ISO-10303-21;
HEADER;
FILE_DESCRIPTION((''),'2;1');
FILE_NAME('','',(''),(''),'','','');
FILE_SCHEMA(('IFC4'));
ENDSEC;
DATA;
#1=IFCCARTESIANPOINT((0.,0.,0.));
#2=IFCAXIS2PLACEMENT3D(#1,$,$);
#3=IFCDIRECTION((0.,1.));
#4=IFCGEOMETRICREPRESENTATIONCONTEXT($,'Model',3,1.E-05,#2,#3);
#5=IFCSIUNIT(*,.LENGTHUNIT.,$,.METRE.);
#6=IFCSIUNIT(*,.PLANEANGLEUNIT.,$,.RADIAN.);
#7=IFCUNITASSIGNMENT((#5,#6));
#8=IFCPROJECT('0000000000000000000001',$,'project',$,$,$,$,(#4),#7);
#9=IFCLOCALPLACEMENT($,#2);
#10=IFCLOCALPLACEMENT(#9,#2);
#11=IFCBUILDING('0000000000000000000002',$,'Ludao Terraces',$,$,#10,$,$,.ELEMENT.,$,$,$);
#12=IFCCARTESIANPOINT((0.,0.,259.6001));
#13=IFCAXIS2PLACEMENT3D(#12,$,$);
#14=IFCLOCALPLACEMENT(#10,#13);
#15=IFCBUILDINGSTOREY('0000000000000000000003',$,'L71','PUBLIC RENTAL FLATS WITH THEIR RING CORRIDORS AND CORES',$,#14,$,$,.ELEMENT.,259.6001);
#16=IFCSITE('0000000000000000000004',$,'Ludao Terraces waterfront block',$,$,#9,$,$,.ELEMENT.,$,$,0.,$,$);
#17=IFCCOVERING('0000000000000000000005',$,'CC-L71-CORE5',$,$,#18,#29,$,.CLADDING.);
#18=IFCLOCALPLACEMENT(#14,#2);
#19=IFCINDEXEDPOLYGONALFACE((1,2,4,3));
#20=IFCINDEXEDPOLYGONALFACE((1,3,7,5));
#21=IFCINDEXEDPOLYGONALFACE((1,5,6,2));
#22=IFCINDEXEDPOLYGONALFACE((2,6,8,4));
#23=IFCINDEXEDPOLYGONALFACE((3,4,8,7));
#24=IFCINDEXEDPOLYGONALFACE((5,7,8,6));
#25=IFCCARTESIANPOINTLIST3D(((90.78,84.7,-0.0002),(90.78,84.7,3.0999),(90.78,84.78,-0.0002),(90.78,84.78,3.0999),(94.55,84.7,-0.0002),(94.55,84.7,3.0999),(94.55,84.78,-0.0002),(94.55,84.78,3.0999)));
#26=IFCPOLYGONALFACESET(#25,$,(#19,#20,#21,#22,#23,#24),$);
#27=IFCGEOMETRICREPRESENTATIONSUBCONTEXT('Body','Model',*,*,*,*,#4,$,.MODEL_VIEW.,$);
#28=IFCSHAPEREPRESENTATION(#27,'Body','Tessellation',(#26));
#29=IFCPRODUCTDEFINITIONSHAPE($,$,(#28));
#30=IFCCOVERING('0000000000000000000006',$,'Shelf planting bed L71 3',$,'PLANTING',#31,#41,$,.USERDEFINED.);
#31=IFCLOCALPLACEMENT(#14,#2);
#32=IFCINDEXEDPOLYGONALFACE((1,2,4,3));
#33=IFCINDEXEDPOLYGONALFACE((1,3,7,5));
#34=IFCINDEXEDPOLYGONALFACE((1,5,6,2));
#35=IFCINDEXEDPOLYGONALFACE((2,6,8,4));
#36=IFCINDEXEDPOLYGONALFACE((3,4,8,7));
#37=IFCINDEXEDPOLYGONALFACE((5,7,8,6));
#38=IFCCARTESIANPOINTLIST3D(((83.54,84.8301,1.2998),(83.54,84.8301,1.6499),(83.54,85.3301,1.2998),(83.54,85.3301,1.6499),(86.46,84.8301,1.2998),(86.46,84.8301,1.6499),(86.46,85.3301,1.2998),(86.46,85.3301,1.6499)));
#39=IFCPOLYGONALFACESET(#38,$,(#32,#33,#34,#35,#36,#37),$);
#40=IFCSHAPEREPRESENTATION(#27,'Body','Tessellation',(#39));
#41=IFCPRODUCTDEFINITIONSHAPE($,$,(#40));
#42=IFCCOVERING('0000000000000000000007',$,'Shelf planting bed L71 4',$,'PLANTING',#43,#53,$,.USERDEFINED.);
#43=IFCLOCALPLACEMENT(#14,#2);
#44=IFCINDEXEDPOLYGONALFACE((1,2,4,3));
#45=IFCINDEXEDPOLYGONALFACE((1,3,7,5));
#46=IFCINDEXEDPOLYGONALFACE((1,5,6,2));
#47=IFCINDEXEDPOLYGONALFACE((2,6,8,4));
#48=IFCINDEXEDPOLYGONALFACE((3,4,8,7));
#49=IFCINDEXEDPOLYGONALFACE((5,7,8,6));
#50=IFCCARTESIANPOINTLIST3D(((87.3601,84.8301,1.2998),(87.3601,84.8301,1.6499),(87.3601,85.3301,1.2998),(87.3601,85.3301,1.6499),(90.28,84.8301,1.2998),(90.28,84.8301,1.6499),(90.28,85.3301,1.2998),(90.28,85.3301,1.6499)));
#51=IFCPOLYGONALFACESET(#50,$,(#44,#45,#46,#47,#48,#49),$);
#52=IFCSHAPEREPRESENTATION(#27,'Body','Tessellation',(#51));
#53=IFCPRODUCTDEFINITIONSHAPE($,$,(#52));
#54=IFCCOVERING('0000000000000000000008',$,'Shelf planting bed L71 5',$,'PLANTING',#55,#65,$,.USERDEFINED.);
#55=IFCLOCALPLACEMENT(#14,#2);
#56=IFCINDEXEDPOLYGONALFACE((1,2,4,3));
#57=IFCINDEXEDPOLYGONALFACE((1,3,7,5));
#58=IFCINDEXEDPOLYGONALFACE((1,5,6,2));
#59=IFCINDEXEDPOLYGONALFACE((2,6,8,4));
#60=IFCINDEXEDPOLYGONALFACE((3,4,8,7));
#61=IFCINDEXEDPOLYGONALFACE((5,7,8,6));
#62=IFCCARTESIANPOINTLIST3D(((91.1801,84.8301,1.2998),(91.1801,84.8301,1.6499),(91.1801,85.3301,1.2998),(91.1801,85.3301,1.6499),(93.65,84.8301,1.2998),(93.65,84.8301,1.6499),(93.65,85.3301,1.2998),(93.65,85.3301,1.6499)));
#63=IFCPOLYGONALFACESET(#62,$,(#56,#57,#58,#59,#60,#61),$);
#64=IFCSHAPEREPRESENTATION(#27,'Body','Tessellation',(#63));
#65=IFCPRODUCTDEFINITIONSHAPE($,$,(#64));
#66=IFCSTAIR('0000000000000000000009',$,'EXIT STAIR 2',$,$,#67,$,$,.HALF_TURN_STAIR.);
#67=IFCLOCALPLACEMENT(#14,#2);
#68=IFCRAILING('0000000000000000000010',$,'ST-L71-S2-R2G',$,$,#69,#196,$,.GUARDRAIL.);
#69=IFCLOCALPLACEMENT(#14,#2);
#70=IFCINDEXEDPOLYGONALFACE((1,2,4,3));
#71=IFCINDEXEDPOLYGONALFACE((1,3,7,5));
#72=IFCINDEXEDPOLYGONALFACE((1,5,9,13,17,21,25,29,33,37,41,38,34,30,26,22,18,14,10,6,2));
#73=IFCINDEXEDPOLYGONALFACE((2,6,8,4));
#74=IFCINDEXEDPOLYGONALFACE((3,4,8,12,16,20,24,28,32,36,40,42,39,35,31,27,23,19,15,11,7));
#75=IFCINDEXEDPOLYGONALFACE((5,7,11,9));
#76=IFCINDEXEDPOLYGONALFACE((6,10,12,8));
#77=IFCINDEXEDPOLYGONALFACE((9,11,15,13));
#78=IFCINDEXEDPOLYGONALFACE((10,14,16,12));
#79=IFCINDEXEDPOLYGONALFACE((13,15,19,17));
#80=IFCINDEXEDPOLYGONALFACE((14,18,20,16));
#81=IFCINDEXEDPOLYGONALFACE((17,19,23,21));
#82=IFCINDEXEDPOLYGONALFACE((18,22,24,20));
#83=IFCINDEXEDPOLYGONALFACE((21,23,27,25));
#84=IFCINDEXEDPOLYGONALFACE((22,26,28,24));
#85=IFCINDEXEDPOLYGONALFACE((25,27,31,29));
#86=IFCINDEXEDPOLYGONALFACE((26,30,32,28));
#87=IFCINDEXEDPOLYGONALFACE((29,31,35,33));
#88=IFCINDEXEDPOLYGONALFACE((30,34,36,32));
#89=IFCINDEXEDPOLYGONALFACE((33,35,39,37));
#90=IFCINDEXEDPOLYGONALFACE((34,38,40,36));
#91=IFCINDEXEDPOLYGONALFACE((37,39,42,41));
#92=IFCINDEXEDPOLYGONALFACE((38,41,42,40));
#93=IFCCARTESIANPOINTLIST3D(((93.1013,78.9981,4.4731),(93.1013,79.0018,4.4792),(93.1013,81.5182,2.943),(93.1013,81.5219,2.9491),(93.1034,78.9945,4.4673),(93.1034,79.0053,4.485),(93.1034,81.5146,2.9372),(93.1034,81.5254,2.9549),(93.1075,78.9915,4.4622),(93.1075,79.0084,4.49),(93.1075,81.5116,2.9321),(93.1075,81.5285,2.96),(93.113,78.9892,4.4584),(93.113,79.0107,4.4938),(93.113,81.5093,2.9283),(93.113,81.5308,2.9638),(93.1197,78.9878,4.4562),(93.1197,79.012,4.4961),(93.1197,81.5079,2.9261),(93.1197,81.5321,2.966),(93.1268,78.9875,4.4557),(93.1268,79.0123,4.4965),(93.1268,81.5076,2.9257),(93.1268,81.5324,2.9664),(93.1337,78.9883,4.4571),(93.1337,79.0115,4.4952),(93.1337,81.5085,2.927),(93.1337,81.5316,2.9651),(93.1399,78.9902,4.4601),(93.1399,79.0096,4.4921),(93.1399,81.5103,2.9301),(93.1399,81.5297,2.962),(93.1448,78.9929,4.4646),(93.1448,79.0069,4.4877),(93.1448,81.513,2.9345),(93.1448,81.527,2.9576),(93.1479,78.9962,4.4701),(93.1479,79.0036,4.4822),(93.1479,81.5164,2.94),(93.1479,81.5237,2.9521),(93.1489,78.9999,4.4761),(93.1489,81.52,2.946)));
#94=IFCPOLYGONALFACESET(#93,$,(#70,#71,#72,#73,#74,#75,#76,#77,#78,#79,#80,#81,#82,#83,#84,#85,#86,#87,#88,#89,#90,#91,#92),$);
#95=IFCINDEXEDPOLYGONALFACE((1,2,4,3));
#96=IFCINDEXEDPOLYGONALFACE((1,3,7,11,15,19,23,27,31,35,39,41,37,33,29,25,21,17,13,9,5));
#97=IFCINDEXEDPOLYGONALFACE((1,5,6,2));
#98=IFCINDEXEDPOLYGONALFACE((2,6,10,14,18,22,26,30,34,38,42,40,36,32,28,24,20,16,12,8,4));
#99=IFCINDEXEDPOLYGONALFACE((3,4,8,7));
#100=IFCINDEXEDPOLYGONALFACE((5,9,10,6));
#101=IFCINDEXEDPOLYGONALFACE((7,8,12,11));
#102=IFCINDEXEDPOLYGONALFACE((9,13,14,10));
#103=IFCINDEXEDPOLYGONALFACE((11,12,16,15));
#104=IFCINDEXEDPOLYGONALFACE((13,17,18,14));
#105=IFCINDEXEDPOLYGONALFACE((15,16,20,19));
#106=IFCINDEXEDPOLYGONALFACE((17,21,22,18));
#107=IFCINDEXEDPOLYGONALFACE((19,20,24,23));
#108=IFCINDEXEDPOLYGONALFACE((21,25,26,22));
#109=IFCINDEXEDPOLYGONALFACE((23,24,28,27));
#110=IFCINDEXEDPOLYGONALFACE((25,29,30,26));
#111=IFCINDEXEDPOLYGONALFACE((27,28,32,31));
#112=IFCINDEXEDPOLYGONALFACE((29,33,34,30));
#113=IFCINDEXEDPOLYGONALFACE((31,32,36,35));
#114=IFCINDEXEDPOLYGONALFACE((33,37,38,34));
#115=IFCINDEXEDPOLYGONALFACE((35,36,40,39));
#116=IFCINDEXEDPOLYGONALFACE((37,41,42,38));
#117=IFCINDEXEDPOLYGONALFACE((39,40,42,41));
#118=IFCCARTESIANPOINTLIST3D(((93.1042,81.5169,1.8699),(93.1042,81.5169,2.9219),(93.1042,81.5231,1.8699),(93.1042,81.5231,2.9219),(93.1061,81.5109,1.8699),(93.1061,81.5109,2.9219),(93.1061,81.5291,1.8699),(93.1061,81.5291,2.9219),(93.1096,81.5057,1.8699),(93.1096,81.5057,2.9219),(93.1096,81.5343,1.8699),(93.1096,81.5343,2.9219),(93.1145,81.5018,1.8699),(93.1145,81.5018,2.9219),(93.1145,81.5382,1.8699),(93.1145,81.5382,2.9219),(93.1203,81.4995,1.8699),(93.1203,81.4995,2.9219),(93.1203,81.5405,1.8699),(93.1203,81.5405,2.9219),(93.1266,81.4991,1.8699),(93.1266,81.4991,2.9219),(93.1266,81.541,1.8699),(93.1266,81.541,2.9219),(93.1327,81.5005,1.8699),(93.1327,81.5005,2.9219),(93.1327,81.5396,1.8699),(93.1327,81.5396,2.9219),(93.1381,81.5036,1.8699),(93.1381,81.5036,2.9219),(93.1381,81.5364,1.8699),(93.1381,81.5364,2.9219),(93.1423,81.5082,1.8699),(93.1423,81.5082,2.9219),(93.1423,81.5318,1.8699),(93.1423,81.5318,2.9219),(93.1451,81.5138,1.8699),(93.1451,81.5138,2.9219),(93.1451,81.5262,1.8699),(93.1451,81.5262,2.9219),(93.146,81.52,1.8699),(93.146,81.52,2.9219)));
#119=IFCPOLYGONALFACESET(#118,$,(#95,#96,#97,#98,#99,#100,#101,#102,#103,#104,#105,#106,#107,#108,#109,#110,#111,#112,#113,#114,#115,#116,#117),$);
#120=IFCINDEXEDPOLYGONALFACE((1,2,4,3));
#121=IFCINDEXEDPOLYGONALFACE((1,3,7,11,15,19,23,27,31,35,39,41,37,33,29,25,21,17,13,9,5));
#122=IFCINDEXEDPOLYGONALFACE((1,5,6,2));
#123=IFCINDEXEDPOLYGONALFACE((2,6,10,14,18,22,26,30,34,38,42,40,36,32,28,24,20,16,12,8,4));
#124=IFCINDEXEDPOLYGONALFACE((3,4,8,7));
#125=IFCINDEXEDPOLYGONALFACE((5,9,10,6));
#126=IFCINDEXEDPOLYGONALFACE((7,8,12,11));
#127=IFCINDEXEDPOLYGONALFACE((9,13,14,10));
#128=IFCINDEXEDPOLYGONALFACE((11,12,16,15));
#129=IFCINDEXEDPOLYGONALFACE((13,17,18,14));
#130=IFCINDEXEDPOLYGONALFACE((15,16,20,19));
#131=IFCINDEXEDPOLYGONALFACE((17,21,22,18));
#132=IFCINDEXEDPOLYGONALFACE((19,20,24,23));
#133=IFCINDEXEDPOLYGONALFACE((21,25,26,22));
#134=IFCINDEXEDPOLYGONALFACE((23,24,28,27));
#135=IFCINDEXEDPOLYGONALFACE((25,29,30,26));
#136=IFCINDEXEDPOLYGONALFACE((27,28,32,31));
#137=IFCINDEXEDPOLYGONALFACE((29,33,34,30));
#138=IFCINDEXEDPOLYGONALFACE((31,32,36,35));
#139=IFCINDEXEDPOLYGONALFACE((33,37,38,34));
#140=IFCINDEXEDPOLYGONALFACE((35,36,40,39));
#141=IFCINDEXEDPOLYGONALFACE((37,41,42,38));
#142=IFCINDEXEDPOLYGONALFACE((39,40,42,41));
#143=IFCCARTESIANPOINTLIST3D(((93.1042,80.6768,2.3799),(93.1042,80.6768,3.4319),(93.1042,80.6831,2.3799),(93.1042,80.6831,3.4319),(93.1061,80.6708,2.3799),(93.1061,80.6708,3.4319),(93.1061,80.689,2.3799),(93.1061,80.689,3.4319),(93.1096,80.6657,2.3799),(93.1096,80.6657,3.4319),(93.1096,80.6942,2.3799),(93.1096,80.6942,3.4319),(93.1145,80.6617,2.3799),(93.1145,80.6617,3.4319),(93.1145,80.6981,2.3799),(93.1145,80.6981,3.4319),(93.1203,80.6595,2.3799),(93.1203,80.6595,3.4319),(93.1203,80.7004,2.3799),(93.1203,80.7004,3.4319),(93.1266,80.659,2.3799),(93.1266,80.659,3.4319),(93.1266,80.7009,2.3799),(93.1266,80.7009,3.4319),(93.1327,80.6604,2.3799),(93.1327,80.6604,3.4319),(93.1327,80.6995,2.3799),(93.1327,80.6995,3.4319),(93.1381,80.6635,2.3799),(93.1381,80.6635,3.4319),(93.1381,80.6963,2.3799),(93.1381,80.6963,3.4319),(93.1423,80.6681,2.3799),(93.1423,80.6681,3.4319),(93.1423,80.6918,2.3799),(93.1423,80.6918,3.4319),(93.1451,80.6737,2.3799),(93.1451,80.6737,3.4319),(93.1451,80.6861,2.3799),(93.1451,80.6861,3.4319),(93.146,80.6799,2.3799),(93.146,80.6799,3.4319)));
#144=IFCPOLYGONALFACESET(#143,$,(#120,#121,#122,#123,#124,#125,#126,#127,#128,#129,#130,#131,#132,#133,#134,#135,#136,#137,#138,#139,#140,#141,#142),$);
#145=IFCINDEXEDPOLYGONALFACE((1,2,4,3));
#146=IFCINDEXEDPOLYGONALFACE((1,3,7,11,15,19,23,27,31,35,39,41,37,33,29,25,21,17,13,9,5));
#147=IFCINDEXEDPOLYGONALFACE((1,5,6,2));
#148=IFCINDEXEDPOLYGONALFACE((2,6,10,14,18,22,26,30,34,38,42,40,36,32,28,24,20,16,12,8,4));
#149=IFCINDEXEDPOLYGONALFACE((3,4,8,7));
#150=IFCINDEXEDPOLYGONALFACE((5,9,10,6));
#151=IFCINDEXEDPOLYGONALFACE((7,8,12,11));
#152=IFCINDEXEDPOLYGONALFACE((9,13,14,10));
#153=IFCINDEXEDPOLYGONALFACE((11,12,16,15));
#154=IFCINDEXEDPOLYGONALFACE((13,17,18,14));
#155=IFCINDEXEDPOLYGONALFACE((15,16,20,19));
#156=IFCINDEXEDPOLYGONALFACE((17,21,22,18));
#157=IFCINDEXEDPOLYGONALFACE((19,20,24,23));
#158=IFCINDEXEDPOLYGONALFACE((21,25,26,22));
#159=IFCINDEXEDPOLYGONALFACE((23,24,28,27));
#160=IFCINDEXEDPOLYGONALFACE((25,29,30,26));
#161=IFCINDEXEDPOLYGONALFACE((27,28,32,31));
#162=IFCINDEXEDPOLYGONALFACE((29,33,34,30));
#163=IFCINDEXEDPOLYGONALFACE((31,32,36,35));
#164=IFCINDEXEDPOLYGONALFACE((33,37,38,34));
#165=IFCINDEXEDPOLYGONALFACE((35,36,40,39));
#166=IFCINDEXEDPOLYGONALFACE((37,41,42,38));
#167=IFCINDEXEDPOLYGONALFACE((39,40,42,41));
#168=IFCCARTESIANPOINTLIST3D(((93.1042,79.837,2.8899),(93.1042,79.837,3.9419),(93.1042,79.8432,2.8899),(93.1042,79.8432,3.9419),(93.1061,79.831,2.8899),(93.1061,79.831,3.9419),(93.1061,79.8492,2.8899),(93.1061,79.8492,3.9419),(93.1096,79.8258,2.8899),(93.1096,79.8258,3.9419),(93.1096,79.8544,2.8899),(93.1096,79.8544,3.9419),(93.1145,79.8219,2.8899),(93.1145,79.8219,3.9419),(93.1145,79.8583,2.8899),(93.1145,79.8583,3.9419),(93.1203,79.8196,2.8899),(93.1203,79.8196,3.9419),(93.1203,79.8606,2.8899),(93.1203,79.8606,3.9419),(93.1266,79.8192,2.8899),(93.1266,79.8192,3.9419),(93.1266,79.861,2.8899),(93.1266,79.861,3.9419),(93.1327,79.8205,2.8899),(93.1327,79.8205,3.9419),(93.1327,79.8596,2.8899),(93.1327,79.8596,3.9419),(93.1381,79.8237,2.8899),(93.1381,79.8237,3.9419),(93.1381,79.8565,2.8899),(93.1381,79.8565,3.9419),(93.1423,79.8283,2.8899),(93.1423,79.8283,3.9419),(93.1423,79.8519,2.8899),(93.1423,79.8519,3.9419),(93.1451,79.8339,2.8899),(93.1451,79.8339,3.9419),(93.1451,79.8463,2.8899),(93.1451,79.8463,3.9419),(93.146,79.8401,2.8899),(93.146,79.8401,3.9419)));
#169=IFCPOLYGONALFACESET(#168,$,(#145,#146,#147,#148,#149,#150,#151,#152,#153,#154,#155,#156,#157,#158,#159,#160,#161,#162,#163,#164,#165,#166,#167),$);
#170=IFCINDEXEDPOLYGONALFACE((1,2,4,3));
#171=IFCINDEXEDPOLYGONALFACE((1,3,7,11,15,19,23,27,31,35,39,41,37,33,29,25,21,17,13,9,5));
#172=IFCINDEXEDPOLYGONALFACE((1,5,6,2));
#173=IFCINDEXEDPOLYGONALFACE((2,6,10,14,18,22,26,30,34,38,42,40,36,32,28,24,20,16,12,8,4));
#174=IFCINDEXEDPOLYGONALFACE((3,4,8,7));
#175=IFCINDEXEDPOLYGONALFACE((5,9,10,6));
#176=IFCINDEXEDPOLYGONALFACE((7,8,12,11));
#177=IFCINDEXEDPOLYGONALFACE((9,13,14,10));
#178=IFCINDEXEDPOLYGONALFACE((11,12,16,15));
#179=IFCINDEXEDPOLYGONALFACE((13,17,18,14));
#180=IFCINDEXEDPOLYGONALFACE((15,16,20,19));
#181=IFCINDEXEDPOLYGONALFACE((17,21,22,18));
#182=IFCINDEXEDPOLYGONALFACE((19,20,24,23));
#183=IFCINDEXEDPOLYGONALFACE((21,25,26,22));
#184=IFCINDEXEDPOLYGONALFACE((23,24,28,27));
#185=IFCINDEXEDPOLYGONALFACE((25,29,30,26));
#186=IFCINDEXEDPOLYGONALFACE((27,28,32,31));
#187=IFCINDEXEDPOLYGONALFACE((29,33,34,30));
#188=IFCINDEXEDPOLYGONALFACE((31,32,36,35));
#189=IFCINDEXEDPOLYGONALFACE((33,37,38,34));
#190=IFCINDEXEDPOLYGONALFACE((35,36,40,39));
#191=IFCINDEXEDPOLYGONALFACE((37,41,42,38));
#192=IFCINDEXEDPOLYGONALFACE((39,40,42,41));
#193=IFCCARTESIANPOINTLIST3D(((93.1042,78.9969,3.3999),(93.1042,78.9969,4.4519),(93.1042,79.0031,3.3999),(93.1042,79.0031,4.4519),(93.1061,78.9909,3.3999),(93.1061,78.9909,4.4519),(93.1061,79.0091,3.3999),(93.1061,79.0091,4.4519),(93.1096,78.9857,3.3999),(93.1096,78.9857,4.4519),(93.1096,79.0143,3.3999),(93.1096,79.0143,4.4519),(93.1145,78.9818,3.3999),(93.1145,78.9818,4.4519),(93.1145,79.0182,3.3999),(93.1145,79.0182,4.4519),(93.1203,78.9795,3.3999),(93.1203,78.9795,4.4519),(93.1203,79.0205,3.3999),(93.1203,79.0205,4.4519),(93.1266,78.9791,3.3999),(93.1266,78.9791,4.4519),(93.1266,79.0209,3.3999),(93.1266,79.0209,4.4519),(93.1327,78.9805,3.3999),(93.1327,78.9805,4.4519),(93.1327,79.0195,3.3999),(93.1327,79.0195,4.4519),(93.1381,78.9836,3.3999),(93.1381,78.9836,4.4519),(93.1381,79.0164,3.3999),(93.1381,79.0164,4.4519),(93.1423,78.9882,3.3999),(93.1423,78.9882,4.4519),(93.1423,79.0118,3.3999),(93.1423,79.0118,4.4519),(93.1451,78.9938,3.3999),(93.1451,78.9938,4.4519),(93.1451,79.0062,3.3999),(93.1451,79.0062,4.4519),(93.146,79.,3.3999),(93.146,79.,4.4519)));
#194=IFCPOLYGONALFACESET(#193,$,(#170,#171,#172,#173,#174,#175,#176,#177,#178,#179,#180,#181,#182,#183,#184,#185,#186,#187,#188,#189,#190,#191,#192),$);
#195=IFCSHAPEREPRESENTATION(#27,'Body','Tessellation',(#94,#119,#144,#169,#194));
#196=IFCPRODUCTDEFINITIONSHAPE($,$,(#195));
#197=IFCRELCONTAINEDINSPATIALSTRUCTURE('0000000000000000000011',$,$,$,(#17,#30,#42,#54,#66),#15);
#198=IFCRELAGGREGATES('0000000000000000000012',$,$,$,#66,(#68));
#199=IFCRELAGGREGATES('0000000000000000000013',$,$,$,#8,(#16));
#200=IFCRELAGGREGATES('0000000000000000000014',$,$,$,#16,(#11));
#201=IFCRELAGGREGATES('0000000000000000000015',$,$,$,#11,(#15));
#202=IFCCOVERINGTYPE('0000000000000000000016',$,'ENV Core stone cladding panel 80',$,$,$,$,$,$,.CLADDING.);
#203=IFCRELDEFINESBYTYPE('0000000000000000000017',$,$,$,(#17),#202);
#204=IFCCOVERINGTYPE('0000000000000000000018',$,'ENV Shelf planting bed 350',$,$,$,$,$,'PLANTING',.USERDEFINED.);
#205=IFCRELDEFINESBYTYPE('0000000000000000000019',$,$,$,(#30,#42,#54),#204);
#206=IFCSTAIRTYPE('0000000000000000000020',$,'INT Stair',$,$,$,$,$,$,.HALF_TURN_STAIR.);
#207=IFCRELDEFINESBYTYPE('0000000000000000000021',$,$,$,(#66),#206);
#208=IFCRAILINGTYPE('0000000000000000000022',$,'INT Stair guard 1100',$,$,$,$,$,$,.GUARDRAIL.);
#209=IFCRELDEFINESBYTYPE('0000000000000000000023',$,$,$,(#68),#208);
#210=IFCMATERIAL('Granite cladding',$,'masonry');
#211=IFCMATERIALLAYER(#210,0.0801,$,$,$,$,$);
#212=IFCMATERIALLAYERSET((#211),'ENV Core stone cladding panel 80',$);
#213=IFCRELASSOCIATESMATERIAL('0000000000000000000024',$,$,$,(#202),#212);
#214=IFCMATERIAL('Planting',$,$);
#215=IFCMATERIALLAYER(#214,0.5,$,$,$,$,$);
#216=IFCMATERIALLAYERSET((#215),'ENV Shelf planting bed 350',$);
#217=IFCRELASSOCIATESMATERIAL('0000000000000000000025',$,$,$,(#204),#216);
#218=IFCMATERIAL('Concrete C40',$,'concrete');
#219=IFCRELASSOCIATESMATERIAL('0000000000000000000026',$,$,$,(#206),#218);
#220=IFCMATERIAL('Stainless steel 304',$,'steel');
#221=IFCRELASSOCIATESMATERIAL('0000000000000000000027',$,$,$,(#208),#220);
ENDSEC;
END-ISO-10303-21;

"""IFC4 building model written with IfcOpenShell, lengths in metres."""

from ifc_helpers import new_model, si_unit, direction, frame, origin, origin_2d, place, context, subcontext, project, spatial, rectangle, circle, extrude, material, layer, layer_set, type_object, element, aggregate, save


model = new_model("IFC4")

# Units and contexts
model_context = context("Model", 3, precision=1e-05, world=origin(), true_north=direction((0.0, 1.0)))
body_context = subcontext(model_context, "Body", "Model", "MODEL_VIEW")
ifc_project = project(units=[si_unit("LENGTHUNIT", "METRE"), si_unit("PLANEANGLEUNIT", "RADIAN")], contexts=[model_context])

# Site, building, storey
site_placement = place(None, origin())
site = spatial("IfcSite", under=ifc_project, at=site_placement, Name="Ludao Terraces waterfront block", CompositionType="ELEMENT", RefElevation=0.0)
building_placement = place(site_placement, origin())
building = spatial("IfcBuilding", under=site, at=building_placement, Name="Ludao Terraces", CompositionType="ELEMENT")
storey_placement = place(building_placement, frame((0.0, 0.0, 259.6001)))
storey = spatial("IfcBuildingStorey", under=building, at=storey_placement, Name="L71", Description="PUBLIC RENTAL FLATS WITH THEIR RING CORRIDORS AND CORES", CompositionType="ELEMENT", Elevation=259.6001)

# Shared definitions
ifc_material_1 = material(Name="Stainless steel 304", Category="steel")

# Coverings
ifc_material_2 = material(Name="Granite cladding", Category="masonry")
ifc_layer_1 = layer(ifc_material_2, 0.0801)
ifc_layer_set_1 = layer_set([ifc_layer_1], Name="ENV Core stone cladding panel 80")
covering_type_1 = type_object("IfcCoveringType", Name="ENV Core stone cladding panel 80", PredefinedType="CLADDING", material=ifc_layer_set_1)
covering_1_placement = place(storey_placement, frame((92.665, 84.74, -0.0002), z_axis=(0.0, 0.0, 1.0), x_axis=(1.0, 0.0, 0.0)))
element("IfcCovering", 1, at=covering_1_placement, inside=storey, type_object=covering_type_1, Name="CC-L71-CORE5", PredefinedType="CLADDING", context=body_context, shape_type="SweptSolid", body=[
    extrude(rectangle(XDim=3.77, YDim=0.0801, at=origin_2d()), origin(), (0.0, 0.0, 1.0), 3.1001),
])
ifc_material_3 = material(Name="Planting")
ifc_layer_2 = layer(ifc_material_3, 0.5)
ifc_layer_set_2 = layer_set([ifc_layer_2], Name="ENV Shelf planting bed 350")
covering_type_2 = type_object("IfcCoveringType", Name="ENV Shelf planting bed 350", ElementType="PLANTING", PredefinedType="USERDEFINED", material=ifc_layer_set_2)
for number, where, z_axis, x_axis, name in (
    (2, (85.0, 85.0801, 1.2998), (0.0, 0.0, 1.0), (1.0, 0.0, 0.0), "Shelf planting bed L71 3"),
    (3, (88.8201, 85.0801, 1.2998), (0.0, 0.0, 1.0), (1.0, 0.0, 0.0), "Shelf planting bed L71 4"),
):
    element("IfcCovering", number, at=place(storey_placement, frame(where, z_axis=z_axis, x_axis=x_axis)), inside=storey, type_object=covering_type_2, Name=name, ObjectType="PLANTING", PredefinedType="USERDEFINED", context=body_context, shape_type="SweptSolid", body=[
        extrude(rectangle(XDim=2.9199, YDim=0.5, at=origin_2d()), origin(), (0.0, 0.0, 1.0), 0.3501),
    ])
covering_2_placement = place(storey_placement, frame((92.415, 85.0801, 1.2998), z_axis=(0.0, 0.0, 1.0), x_axis=(1.0, 0.0, 0.0)))
element("IfcCovering", 4, at=covering_2_placement, inside=storey, type_object=covering_type_2, Name="Shelf planting bed L71 5", ObjectType="PLANTING", PredefinedType="USERDEFINED", context=body_context, shape_type="SweptSolid", body=[
    extrude(rectangle(XDim=2.47, YDim=0.5, at=origin_2d()), origin(), (0.0, 0.0, 1.0), 0.3501),
])

# Stair, railing
ifc_material_4 = material(Name="Concrete C40", Category="concrete")
stair_type = type_object("IfcStairType", Name="INT Stair", PredefinedType="HALF_TURN_STAIR", material=ifc_material_4)
stair_placement = place(storey_placement, origin())
stair = element("IfcStair", 5, at=stair_placement, inside=storey, type_object=stair_type, Name="EXIT STAIR 2", PredefinedType="HALF_TURN_STAIR")
railing_type_1 = type_object("IfcRailingType", Name="INT Stair guard 1100", PredefinedType="GUARDRAIL", material=ifc_material_1)
railing_1_placement = place(storey_placement, frame((93.125, 81.52, 1.8699)))
railing_1 = element("IfcRailing", 6, at=railing_1_placement, type_object=railing_type_1, Name="ST-L71-S2-R2G", PredefinedType="GUARDRAIL", context=body_context, shape_type="SweptSolid", body=[
    extrude(circle(Radius=0.0239, at=origin_2d()), frame((0.0, 0.0, 1.0762), z_axis=(0.0, -0.854785, 0.518982), x_axis=(1.0, 0.0, 0.0)), (0.0, 0.0, 1.0), 2.9482),
    extrude(circle(Radius=0.021, at=origin_2d()), origin(), (0.0, 0.0, 1.0), 1.052),
    extrude(circle(Radius=0.021, at=origin_2d()), frame((0.0, -0.8401, 0.51)), (0.0, 0.0, 1.0), 1.052),
    extrude(circle(Radius=0.021, at=origin_2d()), frame((0.0, -1.6799, 1.02)), (0.0, 0.0, 1.0), 1.052),
    extrude(circle(Radius=0.021, at=origin_2d()), frame((0.0, -2.52, 1.53)), (0.0, 0.0, 1.0), 1.052),
])
aggregate(stair, [railing_1])

save(model, "model.ifc")
